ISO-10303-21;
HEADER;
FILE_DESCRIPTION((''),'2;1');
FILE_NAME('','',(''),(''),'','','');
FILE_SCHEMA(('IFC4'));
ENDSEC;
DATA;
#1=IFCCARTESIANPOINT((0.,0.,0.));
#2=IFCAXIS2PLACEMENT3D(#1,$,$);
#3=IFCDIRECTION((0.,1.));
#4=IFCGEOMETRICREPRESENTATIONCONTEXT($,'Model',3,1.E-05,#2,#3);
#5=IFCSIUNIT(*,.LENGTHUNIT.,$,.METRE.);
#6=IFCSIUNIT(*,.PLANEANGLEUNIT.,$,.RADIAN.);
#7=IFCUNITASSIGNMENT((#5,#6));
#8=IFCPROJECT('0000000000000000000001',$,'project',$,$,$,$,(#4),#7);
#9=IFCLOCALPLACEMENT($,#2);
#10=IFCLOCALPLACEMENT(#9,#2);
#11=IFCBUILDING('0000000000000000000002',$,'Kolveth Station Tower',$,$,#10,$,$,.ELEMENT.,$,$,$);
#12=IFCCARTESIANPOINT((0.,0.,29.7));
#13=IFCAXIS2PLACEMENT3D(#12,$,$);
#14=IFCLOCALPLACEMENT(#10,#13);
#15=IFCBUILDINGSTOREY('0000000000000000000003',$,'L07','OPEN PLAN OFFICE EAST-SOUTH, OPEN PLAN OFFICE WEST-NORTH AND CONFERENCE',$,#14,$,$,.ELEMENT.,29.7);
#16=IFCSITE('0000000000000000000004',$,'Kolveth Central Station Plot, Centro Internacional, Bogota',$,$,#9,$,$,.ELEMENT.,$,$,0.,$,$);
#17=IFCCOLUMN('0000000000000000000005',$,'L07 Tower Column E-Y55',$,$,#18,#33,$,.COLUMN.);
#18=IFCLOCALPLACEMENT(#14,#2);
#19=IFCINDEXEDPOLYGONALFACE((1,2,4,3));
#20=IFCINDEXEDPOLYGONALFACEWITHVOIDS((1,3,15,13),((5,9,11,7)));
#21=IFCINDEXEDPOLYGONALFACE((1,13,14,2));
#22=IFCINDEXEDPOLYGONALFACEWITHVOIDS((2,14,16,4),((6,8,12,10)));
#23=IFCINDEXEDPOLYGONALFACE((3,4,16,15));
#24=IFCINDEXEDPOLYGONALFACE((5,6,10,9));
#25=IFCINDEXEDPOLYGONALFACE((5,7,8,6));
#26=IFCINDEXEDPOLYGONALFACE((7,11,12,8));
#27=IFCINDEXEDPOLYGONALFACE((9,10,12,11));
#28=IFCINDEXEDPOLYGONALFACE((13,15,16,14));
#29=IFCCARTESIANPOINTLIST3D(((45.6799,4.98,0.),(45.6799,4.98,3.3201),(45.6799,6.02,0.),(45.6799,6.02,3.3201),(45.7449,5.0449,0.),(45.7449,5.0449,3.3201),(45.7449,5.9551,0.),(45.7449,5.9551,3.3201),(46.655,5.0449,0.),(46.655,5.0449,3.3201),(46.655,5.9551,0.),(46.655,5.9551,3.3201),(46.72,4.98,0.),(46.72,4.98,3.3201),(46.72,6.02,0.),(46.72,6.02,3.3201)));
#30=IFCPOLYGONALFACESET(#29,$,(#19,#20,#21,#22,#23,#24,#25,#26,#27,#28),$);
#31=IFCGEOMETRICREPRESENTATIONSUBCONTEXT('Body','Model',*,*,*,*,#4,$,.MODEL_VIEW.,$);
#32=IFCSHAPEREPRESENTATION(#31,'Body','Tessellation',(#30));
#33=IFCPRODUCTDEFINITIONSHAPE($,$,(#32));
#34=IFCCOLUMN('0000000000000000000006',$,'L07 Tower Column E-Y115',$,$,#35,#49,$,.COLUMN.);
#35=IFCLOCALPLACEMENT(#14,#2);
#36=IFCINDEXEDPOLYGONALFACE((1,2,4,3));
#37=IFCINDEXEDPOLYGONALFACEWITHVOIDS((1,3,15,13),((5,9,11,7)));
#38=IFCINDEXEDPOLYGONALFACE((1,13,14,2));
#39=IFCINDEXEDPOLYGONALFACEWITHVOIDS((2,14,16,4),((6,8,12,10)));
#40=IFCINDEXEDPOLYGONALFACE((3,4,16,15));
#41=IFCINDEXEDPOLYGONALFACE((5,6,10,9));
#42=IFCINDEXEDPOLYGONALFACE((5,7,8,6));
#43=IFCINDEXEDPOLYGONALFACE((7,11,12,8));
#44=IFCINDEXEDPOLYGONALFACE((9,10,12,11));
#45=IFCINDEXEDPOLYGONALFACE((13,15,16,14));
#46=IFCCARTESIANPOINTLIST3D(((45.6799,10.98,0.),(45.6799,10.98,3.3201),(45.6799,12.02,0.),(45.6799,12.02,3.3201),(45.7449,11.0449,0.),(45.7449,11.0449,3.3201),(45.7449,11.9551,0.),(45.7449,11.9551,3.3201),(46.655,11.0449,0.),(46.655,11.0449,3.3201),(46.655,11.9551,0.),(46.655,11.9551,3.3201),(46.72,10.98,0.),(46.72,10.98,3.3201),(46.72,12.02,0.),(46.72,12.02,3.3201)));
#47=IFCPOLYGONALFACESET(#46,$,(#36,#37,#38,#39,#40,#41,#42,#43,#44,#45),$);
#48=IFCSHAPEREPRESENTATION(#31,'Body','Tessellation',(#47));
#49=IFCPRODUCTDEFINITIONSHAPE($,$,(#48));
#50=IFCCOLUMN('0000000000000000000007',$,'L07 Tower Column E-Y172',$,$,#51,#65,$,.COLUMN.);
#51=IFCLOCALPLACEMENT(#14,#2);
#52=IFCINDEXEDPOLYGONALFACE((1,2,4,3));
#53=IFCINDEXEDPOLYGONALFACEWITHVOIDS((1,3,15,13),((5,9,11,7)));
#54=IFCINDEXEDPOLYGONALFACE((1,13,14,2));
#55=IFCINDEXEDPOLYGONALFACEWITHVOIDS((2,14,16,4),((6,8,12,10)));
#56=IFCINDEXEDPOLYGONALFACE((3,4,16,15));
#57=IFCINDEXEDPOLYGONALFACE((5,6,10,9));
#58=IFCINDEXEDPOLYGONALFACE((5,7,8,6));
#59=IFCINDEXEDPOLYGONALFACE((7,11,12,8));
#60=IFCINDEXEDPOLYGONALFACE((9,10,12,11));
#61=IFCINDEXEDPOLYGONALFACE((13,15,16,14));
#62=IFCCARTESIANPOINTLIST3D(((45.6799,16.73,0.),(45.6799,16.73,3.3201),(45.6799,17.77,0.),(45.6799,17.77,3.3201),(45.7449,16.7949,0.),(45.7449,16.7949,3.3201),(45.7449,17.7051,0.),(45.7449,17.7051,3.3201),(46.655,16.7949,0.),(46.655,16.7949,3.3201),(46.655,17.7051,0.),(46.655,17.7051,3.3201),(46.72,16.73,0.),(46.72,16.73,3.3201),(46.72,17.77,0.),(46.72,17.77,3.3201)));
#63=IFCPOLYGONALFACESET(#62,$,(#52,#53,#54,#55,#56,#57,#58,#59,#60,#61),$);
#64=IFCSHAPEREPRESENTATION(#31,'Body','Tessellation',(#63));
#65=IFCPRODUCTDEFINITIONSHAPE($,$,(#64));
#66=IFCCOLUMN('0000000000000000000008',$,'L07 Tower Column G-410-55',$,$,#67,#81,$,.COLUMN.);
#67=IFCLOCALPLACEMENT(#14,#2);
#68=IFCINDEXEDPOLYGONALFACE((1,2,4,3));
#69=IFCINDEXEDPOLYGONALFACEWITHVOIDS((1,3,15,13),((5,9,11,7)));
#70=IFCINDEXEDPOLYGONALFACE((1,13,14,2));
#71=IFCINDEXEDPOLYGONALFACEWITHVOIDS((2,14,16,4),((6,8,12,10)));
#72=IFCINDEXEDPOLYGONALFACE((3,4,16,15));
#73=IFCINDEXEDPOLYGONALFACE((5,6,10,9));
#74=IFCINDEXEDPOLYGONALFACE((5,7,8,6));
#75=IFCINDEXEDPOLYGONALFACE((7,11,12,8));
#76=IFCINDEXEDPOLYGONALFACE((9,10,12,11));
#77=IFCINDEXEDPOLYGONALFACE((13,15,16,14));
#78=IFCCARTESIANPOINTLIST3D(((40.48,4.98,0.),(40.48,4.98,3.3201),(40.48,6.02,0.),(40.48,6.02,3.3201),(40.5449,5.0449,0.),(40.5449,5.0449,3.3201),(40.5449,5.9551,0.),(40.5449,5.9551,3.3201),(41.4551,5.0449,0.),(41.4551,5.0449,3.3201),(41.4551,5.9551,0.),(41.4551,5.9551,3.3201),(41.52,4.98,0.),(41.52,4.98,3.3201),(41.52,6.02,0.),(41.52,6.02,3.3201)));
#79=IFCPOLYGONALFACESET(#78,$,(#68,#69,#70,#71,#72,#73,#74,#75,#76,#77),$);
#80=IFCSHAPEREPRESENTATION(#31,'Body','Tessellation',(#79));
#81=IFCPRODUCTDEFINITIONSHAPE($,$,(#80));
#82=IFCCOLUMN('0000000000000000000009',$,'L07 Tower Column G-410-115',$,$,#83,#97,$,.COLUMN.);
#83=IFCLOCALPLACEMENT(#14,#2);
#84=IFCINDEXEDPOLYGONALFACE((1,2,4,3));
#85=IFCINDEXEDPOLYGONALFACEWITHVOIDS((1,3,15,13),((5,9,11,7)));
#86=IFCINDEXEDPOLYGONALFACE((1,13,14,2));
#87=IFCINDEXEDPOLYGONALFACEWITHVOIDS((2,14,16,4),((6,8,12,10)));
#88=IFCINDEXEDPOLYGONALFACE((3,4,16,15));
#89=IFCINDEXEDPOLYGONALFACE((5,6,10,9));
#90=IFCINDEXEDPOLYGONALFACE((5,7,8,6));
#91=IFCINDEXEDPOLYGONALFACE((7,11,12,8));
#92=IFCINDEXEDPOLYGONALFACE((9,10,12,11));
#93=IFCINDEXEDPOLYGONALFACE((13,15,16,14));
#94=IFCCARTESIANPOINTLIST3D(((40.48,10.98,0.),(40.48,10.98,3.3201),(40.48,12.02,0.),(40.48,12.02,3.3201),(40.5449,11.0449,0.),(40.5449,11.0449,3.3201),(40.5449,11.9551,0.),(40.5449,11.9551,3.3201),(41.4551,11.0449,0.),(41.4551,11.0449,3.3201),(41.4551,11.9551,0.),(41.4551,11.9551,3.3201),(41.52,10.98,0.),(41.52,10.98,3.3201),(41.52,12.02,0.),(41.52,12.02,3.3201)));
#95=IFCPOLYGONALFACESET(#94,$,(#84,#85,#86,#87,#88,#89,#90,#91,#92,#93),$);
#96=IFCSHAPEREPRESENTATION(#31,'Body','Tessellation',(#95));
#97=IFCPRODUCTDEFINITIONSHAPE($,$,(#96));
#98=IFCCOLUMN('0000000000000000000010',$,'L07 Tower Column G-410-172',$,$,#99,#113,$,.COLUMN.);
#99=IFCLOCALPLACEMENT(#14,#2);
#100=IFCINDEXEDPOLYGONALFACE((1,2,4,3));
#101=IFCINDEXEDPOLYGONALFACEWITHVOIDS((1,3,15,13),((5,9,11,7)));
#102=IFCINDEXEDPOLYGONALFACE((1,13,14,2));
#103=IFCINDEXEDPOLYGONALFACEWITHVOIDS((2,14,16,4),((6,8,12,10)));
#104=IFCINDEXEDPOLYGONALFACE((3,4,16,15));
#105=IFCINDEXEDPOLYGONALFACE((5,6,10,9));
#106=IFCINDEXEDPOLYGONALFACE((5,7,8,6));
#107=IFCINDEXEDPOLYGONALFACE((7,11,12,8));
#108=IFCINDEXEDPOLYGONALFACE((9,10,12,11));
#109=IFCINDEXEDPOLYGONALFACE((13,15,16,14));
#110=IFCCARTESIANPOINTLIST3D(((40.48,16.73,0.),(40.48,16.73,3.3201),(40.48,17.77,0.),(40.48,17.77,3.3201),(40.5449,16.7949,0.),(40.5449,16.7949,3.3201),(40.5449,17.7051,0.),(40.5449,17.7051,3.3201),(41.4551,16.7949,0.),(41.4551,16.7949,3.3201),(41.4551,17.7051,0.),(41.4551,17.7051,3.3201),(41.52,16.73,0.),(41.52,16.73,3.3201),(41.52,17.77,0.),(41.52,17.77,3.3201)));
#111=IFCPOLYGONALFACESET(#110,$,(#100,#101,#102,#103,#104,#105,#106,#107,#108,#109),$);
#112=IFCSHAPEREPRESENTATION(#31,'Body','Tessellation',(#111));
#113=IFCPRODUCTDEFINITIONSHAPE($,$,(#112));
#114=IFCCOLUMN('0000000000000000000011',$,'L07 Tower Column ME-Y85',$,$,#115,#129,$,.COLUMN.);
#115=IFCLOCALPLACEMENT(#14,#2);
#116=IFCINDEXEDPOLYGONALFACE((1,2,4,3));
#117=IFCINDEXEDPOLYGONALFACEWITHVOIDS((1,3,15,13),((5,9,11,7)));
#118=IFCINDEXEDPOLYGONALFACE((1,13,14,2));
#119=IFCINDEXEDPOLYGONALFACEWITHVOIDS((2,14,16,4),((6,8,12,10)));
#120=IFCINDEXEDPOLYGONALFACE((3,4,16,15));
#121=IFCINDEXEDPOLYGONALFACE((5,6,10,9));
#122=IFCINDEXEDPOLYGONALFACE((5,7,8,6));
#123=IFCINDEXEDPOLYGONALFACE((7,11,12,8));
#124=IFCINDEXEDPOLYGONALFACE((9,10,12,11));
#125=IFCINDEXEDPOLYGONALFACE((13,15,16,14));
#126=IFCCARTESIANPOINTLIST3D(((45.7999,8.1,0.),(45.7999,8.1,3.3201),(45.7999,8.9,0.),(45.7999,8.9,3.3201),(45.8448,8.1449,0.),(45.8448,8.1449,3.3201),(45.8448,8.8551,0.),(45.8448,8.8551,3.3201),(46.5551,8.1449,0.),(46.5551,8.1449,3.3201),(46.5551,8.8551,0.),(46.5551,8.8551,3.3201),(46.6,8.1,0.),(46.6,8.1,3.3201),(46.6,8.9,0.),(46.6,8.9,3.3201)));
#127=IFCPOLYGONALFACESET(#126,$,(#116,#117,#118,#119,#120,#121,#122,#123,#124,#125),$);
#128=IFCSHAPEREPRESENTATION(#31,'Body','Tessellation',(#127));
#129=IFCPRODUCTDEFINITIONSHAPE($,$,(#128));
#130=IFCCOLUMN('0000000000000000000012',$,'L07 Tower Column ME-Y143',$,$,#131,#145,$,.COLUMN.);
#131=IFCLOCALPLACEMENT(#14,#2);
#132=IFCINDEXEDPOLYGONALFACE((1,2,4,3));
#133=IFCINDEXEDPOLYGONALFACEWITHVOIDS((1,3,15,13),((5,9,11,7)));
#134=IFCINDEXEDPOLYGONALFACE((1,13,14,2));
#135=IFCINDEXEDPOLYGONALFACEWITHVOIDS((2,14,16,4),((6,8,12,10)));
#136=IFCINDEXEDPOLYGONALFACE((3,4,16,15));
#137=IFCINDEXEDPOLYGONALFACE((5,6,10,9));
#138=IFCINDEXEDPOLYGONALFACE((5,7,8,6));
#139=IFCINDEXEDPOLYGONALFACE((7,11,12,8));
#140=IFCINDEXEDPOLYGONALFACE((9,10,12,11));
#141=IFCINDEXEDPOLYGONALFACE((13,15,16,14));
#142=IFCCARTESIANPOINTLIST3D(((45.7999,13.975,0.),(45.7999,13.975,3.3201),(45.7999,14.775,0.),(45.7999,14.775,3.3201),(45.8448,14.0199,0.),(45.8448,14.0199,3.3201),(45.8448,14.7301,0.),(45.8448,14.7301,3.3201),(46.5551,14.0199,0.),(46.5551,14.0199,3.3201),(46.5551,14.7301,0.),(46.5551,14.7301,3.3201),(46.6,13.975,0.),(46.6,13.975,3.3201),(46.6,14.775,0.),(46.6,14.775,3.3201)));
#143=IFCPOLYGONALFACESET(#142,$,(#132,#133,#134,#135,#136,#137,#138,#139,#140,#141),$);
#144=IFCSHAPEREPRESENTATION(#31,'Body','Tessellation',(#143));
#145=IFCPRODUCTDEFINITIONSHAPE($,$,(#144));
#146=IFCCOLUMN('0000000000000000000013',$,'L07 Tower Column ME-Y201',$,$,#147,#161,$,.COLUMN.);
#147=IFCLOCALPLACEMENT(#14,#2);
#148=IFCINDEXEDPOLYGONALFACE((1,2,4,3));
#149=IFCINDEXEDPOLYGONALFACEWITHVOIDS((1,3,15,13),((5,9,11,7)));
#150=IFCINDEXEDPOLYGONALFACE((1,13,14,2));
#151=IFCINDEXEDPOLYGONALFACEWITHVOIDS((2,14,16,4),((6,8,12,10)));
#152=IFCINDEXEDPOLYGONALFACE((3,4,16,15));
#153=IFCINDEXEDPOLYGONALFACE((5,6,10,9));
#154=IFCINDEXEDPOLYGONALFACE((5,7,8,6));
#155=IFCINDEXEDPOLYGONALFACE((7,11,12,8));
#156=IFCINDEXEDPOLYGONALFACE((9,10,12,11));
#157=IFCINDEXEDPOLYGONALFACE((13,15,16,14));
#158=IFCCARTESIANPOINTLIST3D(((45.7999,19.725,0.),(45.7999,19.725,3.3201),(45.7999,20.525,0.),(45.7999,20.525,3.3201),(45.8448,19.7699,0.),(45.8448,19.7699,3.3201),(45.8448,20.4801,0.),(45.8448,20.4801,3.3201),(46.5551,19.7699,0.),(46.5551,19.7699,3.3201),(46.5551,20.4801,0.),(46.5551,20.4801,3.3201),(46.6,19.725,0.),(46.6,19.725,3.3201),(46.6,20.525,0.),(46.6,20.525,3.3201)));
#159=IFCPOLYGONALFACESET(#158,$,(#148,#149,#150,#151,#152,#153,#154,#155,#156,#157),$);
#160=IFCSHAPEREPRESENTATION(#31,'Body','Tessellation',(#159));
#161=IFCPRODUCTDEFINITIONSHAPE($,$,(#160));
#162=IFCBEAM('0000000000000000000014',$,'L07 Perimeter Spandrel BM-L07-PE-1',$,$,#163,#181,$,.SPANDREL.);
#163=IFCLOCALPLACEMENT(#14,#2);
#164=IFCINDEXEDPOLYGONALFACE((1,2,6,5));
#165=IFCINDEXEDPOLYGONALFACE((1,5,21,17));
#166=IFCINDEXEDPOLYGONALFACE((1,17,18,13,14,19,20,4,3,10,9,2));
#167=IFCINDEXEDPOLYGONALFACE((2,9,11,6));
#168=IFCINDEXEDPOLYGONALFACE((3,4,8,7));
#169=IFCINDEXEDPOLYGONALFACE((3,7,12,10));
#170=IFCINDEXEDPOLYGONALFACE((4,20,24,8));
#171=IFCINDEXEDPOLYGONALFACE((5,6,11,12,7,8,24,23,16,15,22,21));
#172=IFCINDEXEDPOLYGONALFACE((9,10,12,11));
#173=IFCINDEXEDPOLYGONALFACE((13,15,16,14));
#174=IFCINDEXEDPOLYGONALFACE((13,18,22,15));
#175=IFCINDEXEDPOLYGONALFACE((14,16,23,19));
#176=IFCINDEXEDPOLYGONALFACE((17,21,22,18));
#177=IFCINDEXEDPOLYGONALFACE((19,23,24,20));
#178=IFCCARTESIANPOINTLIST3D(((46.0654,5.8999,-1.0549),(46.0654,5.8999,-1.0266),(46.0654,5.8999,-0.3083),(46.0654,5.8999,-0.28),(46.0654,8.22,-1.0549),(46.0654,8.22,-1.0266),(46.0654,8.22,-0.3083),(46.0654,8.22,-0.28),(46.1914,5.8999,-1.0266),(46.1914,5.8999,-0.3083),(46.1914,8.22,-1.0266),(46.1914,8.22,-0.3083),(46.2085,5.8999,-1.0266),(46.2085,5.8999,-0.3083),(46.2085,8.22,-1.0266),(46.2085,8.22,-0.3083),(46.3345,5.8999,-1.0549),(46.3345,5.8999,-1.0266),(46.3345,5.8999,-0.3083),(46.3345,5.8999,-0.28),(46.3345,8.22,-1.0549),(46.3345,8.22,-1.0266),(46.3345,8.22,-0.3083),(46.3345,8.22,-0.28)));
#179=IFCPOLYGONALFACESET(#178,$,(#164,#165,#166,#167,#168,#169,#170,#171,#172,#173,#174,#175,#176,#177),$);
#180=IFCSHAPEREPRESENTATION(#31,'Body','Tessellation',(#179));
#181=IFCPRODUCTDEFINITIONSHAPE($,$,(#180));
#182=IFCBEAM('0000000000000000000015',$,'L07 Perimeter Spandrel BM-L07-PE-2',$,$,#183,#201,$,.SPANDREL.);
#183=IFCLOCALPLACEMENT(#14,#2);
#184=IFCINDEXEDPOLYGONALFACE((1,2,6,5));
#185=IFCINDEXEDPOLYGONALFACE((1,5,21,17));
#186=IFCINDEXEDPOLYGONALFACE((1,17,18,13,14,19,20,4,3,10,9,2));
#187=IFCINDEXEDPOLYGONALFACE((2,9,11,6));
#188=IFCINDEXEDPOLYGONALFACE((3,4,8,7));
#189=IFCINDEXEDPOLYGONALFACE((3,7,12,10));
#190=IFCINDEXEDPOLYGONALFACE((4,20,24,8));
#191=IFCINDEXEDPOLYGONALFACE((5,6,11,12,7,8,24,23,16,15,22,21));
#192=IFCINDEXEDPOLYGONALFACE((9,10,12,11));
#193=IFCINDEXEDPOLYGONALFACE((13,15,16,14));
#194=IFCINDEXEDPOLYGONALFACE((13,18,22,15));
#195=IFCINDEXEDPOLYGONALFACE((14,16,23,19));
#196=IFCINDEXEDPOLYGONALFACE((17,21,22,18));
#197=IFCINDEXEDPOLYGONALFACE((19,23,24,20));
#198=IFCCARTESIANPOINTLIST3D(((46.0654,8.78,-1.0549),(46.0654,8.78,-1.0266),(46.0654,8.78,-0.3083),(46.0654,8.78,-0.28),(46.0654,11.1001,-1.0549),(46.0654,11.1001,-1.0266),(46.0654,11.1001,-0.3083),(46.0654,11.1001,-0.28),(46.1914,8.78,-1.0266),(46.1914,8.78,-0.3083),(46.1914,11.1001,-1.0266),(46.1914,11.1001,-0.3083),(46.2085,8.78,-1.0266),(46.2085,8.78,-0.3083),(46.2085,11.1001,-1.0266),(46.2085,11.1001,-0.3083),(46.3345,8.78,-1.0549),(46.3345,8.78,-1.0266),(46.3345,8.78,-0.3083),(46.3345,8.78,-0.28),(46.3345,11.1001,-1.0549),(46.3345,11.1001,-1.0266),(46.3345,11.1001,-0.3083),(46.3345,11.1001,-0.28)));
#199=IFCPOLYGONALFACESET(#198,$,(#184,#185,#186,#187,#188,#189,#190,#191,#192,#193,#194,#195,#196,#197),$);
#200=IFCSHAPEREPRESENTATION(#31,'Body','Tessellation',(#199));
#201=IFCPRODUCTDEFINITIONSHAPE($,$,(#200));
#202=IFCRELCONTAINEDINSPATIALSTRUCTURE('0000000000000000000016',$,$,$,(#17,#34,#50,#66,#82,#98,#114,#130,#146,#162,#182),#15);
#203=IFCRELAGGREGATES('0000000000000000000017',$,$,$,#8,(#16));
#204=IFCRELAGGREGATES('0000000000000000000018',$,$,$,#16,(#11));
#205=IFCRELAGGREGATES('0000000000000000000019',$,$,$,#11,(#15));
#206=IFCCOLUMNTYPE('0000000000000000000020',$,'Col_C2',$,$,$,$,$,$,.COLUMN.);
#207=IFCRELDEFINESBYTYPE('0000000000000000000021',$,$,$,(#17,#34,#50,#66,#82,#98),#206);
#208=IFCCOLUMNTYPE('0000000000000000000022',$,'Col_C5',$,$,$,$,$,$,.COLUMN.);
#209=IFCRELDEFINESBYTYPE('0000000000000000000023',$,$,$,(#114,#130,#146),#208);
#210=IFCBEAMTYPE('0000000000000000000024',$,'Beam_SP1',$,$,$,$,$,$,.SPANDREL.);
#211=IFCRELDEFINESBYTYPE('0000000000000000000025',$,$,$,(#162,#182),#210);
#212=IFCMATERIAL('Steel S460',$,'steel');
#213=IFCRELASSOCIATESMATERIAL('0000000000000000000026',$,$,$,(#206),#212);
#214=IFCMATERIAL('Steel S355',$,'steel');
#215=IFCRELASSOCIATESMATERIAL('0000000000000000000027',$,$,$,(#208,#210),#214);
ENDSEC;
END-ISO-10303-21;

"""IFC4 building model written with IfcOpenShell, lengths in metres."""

from ifc_helpers import new_model, si_unit, direction, frame, origin, origin_2d, place, context, subcontext, project, spatial, hollow_rectangle, i_section, extrude, source, transform, mapped, material, material_profile, profile_set, type_object, element, save


model = new_model("IFC4")

# Units and contexts
model_context = context("Model", 3, precision=1e-05, world=origin(), true_north=direction((0.0, 1.0)))
body_context = subcontext(model_context, "Body", "Model", "MODEL_VIEW")
ifc_project = project(units=[si_unit("LENGTHUNIT", "METRE"), si_unit("PLANEANGLEUNIT", "RADIAN")], contexts=[model_context])

# Site, building, storey
site_placement = place(None, origin())
site = spatial("IfcSite", under=ifc_project, at=site_placement, Name="Kolveth Central Station Plot, Centro Internacional, Bogota", CompositionType="ELEMENT", RefElevation=0.0)
building_placement = place(site_placement, origin())
building = spatial("IfcBuilding", under=site, at=building_placement, Name="Kolveth Station Tower", CompositionType="ELEMENT")
storey_placement = place(building_placement, frame((0.0, 0.0, 29.7)))
storey = spatial("IfcBuildingStorey", under=building, at=storey_placement, Name="L07", Description="OPEN PLAN OFFICE EAST-SOUTH, OPEN PLAN OFFICE WEST-NORTH AND CONFERENCE", CompositionType="ELEMENT", Elevation=29.7)

# Columns
ifc_material_1 = material(Name="Steel S460", Category="steel")
ifc_material_profile_1 = material_profile(ifc_material_1, hollow_rectangle(XDim=1.04, YDim=1.04, WallThickness=0.0649, at=origin_2d()), Name="BOX1040x1040x65")
ifc_profile_set_1 = profile_set([ifc_material_profile_1], Name="Steel S460")
column_type_1 = type_object("IfcColumnType", Name="Col_C2", PredefinedType="COLUMN", material=ifc_profile_set_1)
shared_shape_1 = source(origin(), body_context, "Body", "SweptSolid", [
    extrude(hollow_rectangle(XDim=1.04, YDim=1.04, WallThickness=0.0649, at=origin_2d()), origin(), (0.0, 0.0, 1.0), 3.3201),
])
for number, where, z_axis, x_axis, name in (
    (1, (46.2, 5.5, 0.0), (0.0, 0.0, 1.0), (1.0, 0.0, 0.0), "L07 Tower Column E-Y55"),
    (2, (46.2, 11.5, 0.0), (0.0, 0.0, 1.0), (1.0, 0.0, 0.0), "L07 Tower Column E-Y115"),
    (3, (46.2, 17.25, 0.0), (0.0, 0.0, 1.0), (1.0, 0.0, 0.0), "L07 Tower Column E-Y172"),
    (4, (41.0, 5.5, 0.0), (0.0, 0.0, 1.0), (1.0, 0.0, 0.0), "L07 Tower Column G-410-55"),
    (5, (41.0, 11.5, 0.0), (0.0, 0.0, 1.0), (1.0, 0.0, 0.0), "L07 Tower Column G-410-115"),
    (6, (41.0, 17.25, 0.0), (0.0, 0.0, 1.0), (1.0, 0.0, 0.0), "L07 Tower Column G-410-172"),
):
    element("IfcColumn", number, at=place(storey_placement, frame(where, z_axis=z_axis, x_axis=x_axis)), inside=storey, type_object=column_type_1, Name=name, PredefinedType="COLUMN", context=body_context, shape_type="MappedRepresentation", body=[
        mapped(shared_shape_1, transform((0.0, 0.0, 0.0), x_axis=(1.0, 0.0, 0.0), y_axis=(0.0, 1.0, 0.0), z_axis=(0.0, 0.0, 1.0), scale=1.0)),
    ])
ifc_material_2 = material(Name="Steel S355", Category="steel")
ifc_material_profile_2 = material_profile(ifc_material_2, hollow_rectangle(XDim=0.8, YDim=0.8, WallThickness=0.0449, at=origin_2d()), Name="BOX800x800x45")
ifc_profile_set_2 = profile_set([ifc_material_profile_2], Name="Steel S355")
column_type_2 = type_object("IfcColumnType", Name="Col_C5", PredefinedType="COLUMN", material=ifc_profile_set_2)
shared_shape_2 = source(origin(), body_context, "Body", "SweptSolid", [
    extrude(hollow_rectangle(XDim=0.8, YDim=0.8, WallThickness=0.0449, at=origin_2d()), origin(), (0.0, 0.0, 1.0), 3.3201),
])
for number, where, z_axis, x_axis, name in (
    (7, (46.2, 8.5, 0.0), (0.0, 0.0, 1.0), (1.0, 0.0, 0.0), "L07 Tower Column ME-Y85"),
    (8, (46.2, 14.375, 0.0), (0.0, 0.0, 1.0), (1.0, 0.0, 0.0), "L07 Tower Column ME-Y143"),
    (9, (46.2, 20.125, 0.0), (0.0, 0.0, 1.0), (1.0, 0.0, 0.0), "L07 Tower Column ME-Y201"),
):
    element("IfcColumn", number, at=place(storey_placement, frame(where, z_axis=z_axis, x_axis=x_axis)), inside=storey, type_object=column_type_2, Name=name, PredefinedType="COLUMN", context=body_context, shape_type="MappedRepresentation", body=[
        mapped(shared_shape_2, transform((0.0, 0.0, 0.0), x_axis=(1.0, 0.0, 0.0), y_axis=(0.0, 1.0, 0.0), z_axis=(0.0, 0.0, 1.0), scale=1.0)),
    ])

# Beams
ifc_material_profile_3 = material_profile(ifc_material_2, i_section(OverallWidth=0.269, OverallDepth=0.7749, WebThickness=0.0171, FlangeThickness=0.0283, at=origin_2d()), Name="W760x220")
ifc_profile_set_3 = profile_set([ifc_material_profile_3], Name="Steel S355")
beam_type_1 = type_object("IfcBeamType", Name="Beam_SP1", PredefinedType="SPANDREL", material=ifc_profile_set_3)
shared_shape_3 = source(origin(), body_context, "Body", "SweptSolid", [
    extrude(i_section(OverallWidth=0.269, OverallDepth=0.7749, WebThickness=0.0171, FlangeThickness=0.0283, at=origin_2d()), origin(), (0.0, 0.0, 1.0), 2.3201),
])
for number, where, z_axis, x_axis, name in (
    (10, (46.2, 5.8999, -0.6675), (0.0, 1.0, 0.0), (-1.0, 0.0, 0.0), "L07 Perimeter Spandrel BM-L07-PE-1"),
    (11, (46.2, 8.78, -0.6675), (0.0, 1.0, 0.0), (-1.0, 0.0, 0.0), "L07 Perimeter Spandrel BM-L07-PE-2"),
):
    element("IfcBeam", number, at=place(storey_placement, frame(where, z_axis=z_axis, x_axis=x_axis)), inside=storey, type_object=beam_type_1, Name=name, PredefinedType="SPANDREL", context=body_context, shape_type="MappedRepresentation", body=[
        mapped(shared_shape_3, transform((0.0, 0.0, 0.0), x_axis=(1.0, 0.0, 0.0), y_axis=(0.0, 1.0, 0.0), z_axis=(0.0, 0.0, 1.0), scale=1.0)),
    ])

save(model, "model.ifc")
